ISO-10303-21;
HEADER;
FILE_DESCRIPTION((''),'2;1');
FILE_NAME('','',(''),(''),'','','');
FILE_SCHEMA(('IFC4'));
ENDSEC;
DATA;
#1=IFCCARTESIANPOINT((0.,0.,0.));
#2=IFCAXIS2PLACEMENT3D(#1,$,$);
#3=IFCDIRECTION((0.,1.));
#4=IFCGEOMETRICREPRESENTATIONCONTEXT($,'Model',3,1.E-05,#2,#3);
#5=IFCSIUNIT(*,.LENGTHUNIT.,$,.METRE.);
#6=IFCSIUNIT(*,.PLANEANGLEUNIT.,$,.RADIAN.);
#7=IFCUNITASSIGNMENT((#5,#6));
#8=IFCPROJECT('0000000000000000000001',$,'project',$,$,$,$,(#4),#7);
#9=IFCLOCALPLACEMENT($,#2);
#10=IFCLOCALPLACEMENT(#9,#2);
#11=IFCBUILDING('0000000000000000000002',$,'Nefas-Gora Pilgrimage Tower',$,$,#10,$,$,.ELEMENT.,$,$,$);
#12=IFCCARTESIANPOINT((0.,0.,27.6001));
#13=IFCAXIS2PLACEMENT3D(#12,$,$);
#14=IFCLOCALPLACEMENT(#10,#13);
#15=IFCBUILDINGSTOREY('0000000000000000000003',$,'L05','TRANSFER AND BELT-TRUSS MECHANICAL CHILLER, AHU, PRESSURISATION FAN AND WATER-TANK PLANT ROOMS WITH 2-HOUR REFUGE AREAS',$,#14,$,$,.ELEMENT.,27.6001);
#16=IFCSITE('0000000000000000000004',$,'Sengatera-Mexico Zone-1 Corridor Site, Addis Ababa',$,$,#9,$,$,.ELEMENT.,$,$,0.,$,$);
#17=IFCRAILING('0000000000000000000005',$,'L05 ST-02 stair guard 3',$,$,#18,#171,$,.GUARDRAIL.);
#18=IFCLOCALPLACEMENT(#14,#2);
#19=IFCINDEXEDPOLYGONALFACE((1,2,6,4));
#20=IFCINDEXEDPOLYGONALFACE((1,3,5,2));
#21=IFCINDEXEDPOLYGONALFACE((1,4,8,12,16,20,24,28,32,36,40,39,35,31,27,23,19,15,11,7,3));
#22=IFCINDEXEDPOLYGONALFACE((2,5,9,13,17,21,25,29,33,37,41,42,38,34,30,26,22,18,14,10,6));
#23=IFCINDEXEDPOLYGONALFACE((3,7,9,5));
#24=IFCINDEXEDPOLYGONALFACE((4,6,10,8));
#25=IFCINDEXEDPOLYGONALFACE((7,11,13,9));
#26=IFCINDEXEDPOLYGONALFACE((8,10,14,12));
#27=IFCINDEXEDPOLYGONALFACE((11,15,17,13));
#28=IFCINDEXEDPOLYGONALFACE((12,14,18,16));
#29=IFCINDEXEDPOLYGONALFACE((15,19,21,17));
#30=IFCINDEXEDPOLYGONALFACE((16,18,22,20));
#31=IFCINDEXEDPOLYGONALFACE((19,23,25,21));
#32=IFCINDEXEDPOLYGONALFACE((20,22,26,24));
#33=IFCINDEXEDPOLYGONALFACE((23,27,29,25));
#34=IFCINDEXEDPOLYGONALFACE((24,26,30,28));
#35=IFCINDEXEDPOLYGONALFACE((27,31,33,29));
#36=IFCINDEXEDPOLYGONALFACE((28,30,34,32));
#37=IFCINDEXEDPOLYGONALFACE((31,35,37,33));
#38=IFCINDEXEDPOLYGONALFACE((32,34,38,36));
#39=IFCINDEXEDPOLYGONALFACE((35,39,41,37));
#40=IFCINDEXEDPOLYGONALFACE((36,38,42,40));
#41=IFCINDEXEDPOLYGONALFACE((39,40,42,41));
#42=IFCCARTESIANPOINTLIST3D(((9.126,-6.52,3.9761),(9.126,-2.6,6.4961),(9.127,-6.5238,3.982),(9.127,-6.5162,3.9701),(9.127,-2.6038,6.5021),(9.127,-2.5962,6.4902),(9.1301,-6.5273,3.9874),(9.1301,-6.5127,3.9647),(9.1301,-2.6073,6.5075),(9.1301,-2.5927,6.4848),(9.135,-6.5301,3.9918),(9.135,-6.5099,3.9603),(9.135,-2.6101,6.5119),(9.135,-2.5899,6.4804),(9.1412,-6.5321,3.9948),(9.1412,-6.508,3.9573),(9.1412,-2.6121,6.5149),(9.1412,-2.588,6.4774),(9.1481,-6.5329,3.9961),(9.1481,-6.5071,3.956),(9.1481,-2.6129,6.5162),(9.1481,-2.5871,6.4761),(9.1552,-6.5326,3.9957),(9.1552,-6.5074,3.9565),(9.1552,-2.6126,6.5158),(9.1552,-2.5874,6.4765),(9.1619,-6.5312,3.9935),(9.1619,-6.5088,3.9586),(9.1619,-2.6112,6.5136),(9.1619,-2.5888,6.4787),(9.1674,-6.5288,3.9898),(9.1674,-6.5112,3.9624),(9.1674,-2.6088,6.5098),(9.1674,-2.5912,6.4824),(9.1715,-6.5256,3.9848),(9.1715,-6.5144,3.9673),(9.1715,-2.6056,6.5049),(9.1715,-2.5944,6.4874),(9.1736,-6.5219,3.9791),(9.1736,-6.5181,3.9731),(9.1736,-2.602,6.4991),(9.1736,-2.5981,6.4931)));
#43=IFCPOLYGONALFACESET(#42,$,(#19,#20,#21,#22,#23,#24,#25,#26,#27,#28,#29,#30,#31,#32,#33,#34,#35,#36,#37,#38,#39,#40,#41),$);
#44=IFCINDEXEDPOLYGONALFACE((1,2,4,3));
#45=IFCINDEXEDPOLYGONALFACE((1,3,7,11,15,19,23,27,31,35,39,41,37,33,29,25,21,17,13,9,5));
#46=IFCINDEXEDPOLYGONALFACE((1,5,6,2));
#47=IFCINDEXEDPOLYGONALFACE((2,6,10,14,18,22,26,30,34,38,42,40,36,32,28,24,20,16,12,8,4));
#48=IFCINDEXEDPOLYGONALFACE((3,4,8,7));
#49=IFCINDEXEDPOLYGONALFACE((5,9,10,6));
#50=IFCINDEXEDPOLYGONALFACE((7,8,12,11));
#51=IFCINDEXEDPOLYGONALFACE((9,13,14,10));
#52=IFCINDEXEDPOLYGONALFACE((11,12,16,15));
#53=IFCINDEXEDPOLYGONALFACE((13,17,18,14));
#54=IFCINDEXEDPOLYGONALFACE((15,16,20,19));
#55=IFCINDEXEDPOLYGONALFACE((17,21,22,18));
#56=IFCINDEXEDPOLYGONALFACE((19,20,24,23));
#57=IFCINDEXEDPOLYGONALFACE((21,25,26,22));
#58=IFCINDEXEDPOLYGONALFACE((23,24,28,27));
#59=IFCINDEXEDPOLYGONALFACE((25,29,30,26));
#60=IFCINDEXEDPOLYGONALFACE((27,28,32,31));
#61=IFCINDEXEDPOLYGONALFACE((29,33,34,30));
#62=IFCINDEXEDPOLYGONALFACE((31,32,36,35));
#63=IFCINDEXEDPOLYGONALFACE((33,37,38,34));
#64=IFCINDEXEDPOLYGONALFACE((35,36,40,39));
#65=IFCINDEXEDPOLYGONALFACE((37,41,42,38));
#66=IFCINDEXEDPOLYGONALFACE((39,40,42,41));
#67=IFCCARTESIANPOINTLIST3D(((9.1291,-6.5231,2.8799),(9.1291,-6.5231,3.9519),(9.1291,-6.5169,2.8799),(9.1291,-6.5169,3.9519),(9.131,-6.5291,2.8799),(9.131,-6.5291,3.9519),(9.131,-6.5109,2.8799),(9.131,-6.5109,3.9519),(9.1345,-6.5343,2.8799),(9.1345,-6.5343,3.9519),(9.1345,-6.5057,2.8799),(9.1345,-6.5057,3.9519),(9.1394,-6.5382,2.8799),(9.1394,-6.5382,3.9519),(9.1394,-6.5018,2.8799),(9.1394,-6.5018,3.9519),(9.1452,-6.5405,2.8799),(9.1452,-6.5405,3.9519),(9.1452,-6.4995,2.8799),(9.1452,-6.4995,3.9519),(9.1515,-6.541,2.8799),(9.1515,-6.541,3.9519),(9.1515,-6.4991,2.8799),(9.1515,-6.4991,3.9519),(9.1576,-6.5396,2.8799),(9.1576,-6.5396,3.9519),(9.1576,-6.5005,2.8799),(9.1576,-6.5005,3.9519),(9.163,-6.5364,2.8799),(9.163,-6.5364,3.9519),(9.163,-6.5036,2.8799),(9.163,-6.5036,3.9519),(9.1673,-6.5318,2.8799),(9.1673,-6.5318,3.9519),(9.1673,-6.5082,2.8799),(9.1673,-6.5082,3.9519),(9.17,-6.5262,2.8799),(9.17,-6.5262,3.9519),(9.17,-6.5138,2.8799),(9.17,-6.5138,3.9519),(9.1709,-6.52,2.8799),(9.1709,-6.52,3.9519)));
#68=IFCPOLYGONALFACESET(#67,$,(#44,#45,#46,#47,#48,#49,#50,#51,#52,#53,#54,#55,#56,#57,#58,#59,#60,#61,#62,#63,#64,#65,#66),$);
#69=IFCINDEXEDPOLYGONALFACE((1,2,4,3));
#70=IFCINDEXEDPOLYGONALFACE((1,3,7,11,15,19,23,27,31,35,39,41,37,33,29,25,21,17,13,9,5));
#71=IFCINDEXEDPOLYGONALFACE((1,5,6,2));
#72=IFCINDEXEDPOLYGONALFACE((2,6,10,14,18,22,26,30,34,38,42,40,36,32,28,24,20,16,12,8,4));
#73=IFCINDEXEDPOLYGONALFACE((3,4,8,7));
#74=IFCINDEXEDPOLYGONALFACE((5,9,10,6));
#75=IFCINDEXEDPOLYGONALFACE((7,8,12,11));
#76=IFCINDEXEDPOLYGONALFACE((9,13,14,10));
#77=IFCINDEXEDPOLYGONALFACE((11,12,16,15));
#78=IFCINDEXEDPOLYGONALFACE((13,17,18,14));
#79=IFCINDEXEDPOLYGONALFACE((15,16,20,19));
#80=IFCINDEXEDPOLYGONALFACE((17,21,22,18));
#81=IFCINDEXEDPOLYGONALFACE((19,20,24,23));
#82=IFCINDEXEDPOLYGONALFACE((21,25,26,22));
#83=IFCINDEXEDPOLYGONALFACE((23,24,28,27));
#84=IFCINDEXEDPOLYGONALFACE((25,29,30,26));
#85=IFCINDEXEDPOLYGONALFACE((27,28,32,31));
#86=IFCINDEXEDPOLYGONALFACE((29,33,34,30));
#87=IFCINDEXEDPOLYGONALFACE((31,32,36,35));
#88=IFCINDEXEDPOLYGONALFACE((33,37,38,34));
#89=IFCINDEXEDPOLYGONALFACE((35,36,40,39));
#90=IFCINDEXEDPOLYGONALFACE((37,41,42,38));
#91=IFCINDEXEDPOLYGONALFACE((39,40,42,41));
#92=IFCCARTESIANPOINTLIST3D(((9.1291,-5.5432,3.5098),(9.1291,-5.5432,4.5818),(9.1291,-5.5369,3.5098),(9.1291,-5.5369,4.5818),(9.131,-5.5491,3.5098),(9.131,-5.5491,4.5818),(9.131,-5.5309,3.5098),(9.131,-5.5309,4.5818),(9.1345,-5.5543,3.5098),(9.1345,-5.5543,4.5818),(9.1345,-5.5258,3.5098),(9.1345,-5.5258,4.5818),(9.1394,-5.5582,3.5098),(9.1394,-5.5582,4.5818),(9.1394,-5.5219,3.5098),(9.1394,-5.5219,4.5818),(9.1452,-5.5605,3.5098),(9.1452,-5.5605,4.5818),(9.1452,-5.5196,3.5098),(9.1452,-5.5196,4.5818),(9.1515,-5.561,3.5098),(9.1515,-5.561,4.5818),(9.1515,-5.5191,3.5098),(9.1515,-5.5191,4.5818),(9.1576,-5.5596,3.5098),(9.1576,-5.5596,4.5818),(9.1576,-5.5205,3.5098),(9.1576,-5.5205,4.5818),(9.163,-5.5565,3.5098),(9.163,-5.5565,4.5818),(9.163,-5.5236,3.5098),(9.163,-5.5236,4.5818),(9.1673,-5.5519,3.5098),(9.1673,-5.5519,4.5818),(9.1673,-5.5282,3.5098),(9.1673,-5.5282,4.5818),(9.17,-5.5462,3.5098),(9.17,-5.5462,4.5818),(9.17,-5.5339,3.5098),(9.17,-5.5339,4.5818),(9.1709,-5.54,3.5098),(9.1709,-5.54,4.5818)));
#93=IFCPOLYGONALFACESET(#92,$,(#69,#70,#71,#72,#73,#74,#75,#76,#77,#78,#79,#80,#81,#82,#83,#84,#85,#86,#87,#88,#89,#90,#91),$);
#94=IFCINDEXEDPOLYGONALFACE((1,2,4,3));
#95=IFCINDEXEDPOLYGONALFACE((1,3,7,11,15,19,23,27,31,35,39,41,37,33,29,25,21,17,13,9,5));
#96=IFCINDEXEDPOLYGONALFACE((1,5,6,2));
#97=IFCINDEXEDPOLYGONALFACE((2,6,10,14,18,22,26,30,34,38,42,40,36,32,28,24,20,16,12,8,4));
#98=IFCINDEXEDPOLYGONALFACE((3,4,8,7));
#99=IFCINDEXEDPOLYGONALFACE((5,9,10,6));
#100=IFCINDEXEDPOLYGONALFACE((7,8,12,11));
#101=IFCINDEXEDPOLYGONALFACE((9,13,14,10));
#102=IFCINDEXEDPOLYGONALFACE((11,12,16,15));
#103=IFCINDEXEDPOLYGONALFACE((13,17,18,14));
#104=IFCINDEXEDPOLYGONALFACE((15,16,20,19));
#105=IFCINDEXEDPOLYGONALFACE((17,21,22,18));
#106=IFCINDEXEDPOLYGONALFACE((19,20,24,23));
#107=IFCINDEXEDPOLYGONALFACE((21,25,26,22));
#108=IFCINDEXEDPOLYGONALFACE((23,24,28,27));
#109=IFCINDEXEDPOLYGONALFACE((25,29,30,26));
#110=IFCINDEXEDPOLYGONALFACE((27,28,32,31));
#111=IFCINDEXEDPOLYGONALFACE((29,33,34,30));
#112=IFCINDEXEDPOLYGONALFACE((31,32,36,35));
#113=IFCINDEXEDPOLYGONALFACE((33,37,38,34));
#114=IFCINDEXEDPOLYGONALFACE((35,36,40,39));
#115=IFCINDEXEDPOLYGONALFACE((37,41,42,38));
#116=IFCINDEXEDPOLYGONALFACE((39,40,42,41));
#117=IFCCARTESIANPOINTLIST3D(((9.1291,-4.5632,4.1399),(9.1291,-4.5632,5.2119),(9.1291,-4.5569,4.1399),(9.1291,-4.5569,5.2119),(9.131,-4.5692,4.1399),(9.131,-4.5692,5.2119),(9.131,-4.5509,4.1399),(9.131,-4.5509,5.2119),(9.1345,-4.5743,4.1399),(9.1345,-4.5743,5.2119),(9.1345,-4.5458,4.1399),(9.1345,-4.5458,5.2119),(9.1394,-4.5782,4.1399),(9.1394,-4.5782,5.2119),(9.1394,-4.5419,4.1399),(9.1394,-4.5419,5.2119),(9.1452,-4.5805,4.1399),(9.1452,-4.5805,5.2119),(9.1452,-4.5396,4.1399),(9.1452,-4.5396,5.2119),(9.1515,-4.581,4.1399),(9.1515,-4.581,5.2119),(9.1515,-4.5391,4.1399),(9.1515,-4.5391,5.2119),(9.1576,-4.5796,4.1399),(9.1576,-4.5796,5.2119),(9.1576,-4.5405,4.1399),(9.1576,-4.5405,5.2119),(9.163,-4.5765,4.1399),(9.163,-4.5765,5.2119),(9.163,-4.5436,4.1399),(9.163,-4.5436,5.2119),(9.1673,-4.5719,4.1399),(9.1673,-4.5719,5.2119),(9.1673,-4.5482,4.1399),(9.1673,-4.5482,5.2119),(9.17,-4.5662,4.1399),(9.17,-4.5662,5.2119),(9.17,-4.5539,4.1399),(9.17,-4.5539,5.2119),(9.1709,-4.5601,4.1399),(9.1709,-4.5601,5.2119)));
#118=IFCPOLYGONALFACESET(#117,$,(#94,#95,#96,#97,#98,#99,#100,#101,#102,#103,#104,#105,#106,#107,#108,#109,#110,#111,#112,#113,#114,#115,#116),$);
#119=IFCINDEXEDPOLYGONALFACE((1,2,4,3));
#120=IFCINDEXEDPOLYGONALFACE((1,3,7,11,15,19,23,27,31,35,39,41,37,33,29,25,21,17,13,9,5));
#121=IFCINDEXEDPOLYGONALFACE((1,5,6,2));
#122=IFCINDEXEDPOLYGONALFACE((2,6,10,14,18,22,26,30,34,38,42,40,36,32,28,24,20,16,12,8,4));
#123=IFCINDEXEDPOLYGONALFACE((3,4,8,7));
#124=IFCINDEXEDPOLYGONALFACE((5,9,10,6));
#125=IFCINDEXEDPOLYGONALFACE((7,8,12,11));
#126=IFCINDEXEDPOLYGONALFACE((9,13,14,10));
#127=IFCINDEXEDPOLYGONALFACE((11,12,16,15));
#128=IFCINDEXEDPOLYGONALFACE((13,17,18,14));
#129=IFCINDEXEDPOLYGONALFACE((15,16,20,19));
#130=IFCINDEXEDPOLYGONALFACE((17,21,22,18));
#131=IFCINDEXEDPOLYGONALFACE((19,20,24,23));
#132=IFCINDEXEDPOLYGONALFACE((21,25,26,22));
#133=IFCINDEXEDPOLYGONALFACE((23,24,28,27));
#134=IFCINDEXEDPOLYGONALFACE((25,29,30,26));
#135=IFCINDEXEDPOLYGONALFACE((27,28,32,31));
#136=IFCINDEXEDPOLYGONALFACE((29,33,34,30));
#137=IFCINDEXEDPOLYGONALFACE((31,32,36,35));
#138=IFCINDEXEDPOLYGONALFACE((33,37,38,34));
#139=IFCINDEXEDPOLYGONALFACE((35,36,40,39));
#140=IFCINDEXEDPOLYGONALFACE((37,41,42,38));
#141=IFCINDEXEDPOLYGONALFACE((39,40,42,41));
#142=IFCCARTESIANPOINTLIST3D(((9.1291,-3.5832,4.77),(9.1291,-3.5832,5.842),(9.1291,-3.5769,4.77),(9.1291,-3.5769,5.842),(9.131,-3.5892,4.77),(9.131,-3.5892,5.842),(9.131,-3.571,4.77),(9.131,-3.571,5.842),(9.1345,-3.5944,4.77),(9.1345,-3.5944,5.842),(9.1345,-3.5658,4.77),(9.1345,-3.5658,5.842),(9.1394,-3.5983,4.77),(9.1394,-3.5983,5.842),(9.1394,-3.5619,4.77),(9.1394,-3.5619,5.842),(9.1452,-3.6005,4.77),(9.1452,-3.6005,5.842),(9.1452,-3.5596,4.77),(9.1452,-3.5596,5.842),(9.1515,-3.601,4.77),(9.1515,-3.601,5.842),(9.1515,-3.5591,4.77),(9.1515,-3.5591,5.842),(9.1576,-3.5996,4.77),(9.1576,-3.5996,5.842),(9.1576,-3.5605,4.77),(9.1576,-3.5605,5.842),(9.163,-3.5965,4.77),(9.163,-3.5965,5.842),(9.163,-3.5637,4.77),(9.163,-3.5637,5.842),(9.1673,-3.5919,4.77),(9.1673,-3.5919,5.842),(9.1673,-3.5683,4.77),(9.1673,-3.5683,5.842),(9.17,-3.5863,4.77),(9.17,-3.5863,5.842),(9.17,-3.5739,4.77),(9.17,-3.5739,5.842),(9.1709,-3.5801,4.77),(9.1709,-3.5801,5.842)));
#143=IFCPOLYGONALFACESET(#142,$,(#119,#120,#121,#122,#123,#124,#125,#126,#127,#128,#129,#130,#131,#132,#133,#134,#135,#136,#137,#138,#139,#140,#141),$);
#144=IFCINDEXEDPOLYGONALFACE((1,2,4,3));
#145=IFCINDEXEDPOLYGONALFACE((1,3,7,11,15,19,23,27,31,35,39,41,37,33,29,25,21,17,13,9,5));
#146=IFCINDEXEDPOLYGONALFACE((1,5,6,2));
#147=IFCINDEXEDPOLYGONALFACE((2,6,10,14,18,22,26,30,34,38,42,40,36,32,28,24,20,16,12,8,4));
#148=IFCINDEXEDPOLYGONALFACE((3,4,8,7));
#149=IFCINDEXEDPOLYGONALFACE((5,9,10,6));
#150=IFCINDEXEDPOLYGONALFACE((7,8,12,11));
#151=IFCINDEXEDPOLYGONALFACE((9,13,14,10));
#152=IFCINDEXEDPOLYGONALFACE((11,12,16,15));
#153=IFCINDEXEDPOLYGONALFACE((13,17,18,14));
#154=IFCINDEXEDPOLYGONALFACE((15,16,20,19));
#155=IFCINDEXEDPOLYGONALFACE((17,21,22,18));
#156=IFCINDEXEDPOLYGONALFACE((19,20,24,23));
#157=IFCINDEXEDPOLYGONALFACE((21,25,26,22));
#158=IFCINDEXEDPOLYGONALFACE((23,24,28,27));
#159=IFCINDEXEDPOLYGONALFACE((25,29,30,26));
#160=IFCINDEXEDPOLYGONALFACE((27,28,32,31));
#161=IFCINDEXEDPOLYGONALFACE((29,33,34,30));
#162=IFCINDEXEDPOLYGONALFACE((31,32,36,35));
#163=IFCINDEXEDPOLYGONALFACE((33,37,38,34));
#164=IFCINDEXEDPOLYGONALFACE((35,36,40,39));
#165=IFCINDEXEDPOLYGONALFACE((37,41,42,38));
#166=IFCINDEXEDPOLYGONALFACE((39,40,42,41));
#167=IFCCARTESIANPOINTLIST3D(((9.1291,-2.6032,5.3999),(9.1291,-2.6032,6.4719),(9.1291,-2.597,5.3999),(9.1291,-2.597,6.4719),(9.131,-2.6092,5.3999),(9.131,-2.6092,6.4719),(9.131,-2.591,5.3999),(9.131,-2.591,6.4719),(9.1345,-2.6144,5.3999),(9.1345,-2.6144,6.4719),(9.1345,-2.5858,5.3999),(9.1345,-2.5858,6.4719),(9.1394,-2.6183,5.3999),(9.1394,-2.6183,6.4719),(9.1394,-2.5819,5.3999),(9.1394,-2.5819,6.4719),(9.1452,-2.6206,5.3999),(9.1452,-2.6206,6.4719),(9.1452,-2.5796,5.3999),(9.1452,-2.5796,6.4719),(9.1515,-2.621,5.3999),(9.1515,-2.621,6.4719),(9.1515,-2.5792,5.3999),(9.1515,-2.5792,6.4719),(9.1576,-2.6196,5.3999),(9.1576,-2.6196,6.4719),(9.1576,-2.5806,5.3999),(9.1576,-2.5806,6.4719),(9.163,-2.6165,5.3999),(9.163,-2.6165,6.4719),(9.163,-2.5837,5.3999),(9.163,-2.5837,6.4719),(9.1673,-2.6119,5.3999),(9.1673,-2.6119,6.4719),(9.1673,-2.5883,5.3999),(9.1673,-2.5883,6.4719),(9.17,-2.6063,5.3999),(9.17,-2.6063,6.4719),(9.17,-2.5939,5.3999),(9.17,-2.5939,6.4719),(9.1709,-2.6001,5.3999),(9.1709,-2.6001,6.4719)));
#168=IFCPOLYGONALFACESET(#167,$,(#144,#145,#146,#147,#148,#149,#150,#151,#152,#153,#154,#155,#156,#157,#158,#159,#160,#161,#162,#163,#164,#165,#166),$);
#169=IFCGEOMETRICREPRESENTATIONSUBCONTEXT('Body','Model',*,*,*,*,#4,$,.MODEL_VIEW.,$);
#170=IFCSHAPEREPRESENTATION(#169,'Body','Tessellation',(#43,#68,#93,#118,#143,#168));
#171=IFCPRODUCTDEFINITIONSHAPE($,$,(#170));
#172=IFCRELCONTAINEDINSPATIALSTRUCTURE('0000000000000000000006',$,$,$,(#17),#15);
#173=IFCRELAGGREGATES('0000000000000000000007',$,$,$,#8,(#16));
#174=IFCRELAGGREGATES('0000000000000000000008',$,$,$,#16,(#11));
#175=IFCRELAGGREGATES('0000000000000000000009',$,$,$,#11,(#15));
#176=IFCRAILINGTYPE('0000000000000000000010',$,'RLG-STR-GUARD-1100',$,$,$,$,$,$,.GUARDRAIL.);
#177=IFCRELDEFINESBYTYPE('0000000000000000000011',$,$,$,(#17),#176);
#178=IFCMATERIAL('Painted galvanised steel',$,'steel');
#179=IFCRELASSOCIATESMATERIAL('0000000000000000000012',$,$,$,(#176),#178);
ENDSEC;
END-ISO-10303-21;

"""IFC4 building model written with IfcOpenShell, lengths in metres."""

from ifc_helpers import new_model, si_unit, direction, frame, origin, origin_2d, place, context, subcontext, project, spatial, circle, extrude, material, type_object, element, save


model = new_model("IFC4")

# Units and contexts
model_context = context("Model", 3, precision=1e-05, world=origin(), true_north=direction((0.0, 1.0)))
body_context = subcontext(model_context, "Body", "Model", "MODEL_VIEW")
ifc_project = project(units=[si_unit("LENGTHUNIT", "METRE"), si_unit("PLANEANGLEUNIT", "RADIAN")], contexts=[model_context])

# Site, building, storey
site_placement = place(None, origin())
site = spatial("IfcSite", under=ifc_project, at=site_placement, Name="Sengatera-Mexico Zone-1 Corridor Site, Addis Ababa", CompositionType="ELEMENT", RefElevation=0.0)
building_placement = place(site_placement, origin())
building = spatial("IfcBuilding", under=site, at=building_placement, Name="Nefas-Gora Pilgrimage Tower", CompositionType="ELEMENT")
storey_placement = place(building_placement, frame((0.0, 0.0, 27.6001)))
storey = spatial("IfcBuildingStorey", under=building, at=storey_placement, Name="L05", Description="TRANSFER AND BELT-TRUSS MECHANICAL CHILLER, AHU, PRESSURISATION FAN AND WATER-TANK PLANT ROOMS WITH 2-HOUR REFUGE AREAS", CompositionType="ELEMENT", Elevation=27.6001)

# Railing
ifc_material_1 = material(Name="Painted galvanised steel", Category="steel")
railing_type_1 = type_object("IfcRailingType", Name="RLG-STR-GUARD-1100", PredefinedType="GUARDRAIL", material=ifc_material_1)
railing_1_placement = place(storey_placement, frame((9.1499, -6.52, 2.8799)))
element("IfcRailing", 1, at=railing_1_placement, inside=storey, type_object=railing_type_1, Name="L05 ST-02 stair guard 3", PredefinedType="GUARDRAIL", context=body_context, shape_type="SweptSolid", body=[
    extrude(circle(Radius=0.0239, at=origin_2d()), frame((0.0, 0.0, 1.0962), z_axis=(0.0, 0.841172, 0.540768), x_axis=(-1.0, 0.0, 0.0)), (0.0, 0.0, 1.0), 4.6602),
    extrude(circle(Radius=0.021, at=origin_2d()), origin(), (0.0, 0.0, 1.0), 1.072),
    extrude(circle(Radius=0.021, at=origin_2d()), frame((0.0, 0.98, 0.6299)), (0.0, 0.0, 1.0), 1.072),
    extrude(circle(Radius=0.021, at=origin_2d()), frame((0.0, 1.96, 1.26)), (0.0, 0.0, 1.0), 1.072),
    extrude(circle(Radius=0.021, at=origin_2d()), frame((0.0, 2.9399, 1.8901)), (0.0, 0.0, 1.0), 1.072),
    extrude(circle(Radius=0.021, at=origin_2d()), frame((0.0, 3.9199, 2.52)), (0.0, 0.0, 1.0), 1.072),
])

save(model, "model.ifc")
